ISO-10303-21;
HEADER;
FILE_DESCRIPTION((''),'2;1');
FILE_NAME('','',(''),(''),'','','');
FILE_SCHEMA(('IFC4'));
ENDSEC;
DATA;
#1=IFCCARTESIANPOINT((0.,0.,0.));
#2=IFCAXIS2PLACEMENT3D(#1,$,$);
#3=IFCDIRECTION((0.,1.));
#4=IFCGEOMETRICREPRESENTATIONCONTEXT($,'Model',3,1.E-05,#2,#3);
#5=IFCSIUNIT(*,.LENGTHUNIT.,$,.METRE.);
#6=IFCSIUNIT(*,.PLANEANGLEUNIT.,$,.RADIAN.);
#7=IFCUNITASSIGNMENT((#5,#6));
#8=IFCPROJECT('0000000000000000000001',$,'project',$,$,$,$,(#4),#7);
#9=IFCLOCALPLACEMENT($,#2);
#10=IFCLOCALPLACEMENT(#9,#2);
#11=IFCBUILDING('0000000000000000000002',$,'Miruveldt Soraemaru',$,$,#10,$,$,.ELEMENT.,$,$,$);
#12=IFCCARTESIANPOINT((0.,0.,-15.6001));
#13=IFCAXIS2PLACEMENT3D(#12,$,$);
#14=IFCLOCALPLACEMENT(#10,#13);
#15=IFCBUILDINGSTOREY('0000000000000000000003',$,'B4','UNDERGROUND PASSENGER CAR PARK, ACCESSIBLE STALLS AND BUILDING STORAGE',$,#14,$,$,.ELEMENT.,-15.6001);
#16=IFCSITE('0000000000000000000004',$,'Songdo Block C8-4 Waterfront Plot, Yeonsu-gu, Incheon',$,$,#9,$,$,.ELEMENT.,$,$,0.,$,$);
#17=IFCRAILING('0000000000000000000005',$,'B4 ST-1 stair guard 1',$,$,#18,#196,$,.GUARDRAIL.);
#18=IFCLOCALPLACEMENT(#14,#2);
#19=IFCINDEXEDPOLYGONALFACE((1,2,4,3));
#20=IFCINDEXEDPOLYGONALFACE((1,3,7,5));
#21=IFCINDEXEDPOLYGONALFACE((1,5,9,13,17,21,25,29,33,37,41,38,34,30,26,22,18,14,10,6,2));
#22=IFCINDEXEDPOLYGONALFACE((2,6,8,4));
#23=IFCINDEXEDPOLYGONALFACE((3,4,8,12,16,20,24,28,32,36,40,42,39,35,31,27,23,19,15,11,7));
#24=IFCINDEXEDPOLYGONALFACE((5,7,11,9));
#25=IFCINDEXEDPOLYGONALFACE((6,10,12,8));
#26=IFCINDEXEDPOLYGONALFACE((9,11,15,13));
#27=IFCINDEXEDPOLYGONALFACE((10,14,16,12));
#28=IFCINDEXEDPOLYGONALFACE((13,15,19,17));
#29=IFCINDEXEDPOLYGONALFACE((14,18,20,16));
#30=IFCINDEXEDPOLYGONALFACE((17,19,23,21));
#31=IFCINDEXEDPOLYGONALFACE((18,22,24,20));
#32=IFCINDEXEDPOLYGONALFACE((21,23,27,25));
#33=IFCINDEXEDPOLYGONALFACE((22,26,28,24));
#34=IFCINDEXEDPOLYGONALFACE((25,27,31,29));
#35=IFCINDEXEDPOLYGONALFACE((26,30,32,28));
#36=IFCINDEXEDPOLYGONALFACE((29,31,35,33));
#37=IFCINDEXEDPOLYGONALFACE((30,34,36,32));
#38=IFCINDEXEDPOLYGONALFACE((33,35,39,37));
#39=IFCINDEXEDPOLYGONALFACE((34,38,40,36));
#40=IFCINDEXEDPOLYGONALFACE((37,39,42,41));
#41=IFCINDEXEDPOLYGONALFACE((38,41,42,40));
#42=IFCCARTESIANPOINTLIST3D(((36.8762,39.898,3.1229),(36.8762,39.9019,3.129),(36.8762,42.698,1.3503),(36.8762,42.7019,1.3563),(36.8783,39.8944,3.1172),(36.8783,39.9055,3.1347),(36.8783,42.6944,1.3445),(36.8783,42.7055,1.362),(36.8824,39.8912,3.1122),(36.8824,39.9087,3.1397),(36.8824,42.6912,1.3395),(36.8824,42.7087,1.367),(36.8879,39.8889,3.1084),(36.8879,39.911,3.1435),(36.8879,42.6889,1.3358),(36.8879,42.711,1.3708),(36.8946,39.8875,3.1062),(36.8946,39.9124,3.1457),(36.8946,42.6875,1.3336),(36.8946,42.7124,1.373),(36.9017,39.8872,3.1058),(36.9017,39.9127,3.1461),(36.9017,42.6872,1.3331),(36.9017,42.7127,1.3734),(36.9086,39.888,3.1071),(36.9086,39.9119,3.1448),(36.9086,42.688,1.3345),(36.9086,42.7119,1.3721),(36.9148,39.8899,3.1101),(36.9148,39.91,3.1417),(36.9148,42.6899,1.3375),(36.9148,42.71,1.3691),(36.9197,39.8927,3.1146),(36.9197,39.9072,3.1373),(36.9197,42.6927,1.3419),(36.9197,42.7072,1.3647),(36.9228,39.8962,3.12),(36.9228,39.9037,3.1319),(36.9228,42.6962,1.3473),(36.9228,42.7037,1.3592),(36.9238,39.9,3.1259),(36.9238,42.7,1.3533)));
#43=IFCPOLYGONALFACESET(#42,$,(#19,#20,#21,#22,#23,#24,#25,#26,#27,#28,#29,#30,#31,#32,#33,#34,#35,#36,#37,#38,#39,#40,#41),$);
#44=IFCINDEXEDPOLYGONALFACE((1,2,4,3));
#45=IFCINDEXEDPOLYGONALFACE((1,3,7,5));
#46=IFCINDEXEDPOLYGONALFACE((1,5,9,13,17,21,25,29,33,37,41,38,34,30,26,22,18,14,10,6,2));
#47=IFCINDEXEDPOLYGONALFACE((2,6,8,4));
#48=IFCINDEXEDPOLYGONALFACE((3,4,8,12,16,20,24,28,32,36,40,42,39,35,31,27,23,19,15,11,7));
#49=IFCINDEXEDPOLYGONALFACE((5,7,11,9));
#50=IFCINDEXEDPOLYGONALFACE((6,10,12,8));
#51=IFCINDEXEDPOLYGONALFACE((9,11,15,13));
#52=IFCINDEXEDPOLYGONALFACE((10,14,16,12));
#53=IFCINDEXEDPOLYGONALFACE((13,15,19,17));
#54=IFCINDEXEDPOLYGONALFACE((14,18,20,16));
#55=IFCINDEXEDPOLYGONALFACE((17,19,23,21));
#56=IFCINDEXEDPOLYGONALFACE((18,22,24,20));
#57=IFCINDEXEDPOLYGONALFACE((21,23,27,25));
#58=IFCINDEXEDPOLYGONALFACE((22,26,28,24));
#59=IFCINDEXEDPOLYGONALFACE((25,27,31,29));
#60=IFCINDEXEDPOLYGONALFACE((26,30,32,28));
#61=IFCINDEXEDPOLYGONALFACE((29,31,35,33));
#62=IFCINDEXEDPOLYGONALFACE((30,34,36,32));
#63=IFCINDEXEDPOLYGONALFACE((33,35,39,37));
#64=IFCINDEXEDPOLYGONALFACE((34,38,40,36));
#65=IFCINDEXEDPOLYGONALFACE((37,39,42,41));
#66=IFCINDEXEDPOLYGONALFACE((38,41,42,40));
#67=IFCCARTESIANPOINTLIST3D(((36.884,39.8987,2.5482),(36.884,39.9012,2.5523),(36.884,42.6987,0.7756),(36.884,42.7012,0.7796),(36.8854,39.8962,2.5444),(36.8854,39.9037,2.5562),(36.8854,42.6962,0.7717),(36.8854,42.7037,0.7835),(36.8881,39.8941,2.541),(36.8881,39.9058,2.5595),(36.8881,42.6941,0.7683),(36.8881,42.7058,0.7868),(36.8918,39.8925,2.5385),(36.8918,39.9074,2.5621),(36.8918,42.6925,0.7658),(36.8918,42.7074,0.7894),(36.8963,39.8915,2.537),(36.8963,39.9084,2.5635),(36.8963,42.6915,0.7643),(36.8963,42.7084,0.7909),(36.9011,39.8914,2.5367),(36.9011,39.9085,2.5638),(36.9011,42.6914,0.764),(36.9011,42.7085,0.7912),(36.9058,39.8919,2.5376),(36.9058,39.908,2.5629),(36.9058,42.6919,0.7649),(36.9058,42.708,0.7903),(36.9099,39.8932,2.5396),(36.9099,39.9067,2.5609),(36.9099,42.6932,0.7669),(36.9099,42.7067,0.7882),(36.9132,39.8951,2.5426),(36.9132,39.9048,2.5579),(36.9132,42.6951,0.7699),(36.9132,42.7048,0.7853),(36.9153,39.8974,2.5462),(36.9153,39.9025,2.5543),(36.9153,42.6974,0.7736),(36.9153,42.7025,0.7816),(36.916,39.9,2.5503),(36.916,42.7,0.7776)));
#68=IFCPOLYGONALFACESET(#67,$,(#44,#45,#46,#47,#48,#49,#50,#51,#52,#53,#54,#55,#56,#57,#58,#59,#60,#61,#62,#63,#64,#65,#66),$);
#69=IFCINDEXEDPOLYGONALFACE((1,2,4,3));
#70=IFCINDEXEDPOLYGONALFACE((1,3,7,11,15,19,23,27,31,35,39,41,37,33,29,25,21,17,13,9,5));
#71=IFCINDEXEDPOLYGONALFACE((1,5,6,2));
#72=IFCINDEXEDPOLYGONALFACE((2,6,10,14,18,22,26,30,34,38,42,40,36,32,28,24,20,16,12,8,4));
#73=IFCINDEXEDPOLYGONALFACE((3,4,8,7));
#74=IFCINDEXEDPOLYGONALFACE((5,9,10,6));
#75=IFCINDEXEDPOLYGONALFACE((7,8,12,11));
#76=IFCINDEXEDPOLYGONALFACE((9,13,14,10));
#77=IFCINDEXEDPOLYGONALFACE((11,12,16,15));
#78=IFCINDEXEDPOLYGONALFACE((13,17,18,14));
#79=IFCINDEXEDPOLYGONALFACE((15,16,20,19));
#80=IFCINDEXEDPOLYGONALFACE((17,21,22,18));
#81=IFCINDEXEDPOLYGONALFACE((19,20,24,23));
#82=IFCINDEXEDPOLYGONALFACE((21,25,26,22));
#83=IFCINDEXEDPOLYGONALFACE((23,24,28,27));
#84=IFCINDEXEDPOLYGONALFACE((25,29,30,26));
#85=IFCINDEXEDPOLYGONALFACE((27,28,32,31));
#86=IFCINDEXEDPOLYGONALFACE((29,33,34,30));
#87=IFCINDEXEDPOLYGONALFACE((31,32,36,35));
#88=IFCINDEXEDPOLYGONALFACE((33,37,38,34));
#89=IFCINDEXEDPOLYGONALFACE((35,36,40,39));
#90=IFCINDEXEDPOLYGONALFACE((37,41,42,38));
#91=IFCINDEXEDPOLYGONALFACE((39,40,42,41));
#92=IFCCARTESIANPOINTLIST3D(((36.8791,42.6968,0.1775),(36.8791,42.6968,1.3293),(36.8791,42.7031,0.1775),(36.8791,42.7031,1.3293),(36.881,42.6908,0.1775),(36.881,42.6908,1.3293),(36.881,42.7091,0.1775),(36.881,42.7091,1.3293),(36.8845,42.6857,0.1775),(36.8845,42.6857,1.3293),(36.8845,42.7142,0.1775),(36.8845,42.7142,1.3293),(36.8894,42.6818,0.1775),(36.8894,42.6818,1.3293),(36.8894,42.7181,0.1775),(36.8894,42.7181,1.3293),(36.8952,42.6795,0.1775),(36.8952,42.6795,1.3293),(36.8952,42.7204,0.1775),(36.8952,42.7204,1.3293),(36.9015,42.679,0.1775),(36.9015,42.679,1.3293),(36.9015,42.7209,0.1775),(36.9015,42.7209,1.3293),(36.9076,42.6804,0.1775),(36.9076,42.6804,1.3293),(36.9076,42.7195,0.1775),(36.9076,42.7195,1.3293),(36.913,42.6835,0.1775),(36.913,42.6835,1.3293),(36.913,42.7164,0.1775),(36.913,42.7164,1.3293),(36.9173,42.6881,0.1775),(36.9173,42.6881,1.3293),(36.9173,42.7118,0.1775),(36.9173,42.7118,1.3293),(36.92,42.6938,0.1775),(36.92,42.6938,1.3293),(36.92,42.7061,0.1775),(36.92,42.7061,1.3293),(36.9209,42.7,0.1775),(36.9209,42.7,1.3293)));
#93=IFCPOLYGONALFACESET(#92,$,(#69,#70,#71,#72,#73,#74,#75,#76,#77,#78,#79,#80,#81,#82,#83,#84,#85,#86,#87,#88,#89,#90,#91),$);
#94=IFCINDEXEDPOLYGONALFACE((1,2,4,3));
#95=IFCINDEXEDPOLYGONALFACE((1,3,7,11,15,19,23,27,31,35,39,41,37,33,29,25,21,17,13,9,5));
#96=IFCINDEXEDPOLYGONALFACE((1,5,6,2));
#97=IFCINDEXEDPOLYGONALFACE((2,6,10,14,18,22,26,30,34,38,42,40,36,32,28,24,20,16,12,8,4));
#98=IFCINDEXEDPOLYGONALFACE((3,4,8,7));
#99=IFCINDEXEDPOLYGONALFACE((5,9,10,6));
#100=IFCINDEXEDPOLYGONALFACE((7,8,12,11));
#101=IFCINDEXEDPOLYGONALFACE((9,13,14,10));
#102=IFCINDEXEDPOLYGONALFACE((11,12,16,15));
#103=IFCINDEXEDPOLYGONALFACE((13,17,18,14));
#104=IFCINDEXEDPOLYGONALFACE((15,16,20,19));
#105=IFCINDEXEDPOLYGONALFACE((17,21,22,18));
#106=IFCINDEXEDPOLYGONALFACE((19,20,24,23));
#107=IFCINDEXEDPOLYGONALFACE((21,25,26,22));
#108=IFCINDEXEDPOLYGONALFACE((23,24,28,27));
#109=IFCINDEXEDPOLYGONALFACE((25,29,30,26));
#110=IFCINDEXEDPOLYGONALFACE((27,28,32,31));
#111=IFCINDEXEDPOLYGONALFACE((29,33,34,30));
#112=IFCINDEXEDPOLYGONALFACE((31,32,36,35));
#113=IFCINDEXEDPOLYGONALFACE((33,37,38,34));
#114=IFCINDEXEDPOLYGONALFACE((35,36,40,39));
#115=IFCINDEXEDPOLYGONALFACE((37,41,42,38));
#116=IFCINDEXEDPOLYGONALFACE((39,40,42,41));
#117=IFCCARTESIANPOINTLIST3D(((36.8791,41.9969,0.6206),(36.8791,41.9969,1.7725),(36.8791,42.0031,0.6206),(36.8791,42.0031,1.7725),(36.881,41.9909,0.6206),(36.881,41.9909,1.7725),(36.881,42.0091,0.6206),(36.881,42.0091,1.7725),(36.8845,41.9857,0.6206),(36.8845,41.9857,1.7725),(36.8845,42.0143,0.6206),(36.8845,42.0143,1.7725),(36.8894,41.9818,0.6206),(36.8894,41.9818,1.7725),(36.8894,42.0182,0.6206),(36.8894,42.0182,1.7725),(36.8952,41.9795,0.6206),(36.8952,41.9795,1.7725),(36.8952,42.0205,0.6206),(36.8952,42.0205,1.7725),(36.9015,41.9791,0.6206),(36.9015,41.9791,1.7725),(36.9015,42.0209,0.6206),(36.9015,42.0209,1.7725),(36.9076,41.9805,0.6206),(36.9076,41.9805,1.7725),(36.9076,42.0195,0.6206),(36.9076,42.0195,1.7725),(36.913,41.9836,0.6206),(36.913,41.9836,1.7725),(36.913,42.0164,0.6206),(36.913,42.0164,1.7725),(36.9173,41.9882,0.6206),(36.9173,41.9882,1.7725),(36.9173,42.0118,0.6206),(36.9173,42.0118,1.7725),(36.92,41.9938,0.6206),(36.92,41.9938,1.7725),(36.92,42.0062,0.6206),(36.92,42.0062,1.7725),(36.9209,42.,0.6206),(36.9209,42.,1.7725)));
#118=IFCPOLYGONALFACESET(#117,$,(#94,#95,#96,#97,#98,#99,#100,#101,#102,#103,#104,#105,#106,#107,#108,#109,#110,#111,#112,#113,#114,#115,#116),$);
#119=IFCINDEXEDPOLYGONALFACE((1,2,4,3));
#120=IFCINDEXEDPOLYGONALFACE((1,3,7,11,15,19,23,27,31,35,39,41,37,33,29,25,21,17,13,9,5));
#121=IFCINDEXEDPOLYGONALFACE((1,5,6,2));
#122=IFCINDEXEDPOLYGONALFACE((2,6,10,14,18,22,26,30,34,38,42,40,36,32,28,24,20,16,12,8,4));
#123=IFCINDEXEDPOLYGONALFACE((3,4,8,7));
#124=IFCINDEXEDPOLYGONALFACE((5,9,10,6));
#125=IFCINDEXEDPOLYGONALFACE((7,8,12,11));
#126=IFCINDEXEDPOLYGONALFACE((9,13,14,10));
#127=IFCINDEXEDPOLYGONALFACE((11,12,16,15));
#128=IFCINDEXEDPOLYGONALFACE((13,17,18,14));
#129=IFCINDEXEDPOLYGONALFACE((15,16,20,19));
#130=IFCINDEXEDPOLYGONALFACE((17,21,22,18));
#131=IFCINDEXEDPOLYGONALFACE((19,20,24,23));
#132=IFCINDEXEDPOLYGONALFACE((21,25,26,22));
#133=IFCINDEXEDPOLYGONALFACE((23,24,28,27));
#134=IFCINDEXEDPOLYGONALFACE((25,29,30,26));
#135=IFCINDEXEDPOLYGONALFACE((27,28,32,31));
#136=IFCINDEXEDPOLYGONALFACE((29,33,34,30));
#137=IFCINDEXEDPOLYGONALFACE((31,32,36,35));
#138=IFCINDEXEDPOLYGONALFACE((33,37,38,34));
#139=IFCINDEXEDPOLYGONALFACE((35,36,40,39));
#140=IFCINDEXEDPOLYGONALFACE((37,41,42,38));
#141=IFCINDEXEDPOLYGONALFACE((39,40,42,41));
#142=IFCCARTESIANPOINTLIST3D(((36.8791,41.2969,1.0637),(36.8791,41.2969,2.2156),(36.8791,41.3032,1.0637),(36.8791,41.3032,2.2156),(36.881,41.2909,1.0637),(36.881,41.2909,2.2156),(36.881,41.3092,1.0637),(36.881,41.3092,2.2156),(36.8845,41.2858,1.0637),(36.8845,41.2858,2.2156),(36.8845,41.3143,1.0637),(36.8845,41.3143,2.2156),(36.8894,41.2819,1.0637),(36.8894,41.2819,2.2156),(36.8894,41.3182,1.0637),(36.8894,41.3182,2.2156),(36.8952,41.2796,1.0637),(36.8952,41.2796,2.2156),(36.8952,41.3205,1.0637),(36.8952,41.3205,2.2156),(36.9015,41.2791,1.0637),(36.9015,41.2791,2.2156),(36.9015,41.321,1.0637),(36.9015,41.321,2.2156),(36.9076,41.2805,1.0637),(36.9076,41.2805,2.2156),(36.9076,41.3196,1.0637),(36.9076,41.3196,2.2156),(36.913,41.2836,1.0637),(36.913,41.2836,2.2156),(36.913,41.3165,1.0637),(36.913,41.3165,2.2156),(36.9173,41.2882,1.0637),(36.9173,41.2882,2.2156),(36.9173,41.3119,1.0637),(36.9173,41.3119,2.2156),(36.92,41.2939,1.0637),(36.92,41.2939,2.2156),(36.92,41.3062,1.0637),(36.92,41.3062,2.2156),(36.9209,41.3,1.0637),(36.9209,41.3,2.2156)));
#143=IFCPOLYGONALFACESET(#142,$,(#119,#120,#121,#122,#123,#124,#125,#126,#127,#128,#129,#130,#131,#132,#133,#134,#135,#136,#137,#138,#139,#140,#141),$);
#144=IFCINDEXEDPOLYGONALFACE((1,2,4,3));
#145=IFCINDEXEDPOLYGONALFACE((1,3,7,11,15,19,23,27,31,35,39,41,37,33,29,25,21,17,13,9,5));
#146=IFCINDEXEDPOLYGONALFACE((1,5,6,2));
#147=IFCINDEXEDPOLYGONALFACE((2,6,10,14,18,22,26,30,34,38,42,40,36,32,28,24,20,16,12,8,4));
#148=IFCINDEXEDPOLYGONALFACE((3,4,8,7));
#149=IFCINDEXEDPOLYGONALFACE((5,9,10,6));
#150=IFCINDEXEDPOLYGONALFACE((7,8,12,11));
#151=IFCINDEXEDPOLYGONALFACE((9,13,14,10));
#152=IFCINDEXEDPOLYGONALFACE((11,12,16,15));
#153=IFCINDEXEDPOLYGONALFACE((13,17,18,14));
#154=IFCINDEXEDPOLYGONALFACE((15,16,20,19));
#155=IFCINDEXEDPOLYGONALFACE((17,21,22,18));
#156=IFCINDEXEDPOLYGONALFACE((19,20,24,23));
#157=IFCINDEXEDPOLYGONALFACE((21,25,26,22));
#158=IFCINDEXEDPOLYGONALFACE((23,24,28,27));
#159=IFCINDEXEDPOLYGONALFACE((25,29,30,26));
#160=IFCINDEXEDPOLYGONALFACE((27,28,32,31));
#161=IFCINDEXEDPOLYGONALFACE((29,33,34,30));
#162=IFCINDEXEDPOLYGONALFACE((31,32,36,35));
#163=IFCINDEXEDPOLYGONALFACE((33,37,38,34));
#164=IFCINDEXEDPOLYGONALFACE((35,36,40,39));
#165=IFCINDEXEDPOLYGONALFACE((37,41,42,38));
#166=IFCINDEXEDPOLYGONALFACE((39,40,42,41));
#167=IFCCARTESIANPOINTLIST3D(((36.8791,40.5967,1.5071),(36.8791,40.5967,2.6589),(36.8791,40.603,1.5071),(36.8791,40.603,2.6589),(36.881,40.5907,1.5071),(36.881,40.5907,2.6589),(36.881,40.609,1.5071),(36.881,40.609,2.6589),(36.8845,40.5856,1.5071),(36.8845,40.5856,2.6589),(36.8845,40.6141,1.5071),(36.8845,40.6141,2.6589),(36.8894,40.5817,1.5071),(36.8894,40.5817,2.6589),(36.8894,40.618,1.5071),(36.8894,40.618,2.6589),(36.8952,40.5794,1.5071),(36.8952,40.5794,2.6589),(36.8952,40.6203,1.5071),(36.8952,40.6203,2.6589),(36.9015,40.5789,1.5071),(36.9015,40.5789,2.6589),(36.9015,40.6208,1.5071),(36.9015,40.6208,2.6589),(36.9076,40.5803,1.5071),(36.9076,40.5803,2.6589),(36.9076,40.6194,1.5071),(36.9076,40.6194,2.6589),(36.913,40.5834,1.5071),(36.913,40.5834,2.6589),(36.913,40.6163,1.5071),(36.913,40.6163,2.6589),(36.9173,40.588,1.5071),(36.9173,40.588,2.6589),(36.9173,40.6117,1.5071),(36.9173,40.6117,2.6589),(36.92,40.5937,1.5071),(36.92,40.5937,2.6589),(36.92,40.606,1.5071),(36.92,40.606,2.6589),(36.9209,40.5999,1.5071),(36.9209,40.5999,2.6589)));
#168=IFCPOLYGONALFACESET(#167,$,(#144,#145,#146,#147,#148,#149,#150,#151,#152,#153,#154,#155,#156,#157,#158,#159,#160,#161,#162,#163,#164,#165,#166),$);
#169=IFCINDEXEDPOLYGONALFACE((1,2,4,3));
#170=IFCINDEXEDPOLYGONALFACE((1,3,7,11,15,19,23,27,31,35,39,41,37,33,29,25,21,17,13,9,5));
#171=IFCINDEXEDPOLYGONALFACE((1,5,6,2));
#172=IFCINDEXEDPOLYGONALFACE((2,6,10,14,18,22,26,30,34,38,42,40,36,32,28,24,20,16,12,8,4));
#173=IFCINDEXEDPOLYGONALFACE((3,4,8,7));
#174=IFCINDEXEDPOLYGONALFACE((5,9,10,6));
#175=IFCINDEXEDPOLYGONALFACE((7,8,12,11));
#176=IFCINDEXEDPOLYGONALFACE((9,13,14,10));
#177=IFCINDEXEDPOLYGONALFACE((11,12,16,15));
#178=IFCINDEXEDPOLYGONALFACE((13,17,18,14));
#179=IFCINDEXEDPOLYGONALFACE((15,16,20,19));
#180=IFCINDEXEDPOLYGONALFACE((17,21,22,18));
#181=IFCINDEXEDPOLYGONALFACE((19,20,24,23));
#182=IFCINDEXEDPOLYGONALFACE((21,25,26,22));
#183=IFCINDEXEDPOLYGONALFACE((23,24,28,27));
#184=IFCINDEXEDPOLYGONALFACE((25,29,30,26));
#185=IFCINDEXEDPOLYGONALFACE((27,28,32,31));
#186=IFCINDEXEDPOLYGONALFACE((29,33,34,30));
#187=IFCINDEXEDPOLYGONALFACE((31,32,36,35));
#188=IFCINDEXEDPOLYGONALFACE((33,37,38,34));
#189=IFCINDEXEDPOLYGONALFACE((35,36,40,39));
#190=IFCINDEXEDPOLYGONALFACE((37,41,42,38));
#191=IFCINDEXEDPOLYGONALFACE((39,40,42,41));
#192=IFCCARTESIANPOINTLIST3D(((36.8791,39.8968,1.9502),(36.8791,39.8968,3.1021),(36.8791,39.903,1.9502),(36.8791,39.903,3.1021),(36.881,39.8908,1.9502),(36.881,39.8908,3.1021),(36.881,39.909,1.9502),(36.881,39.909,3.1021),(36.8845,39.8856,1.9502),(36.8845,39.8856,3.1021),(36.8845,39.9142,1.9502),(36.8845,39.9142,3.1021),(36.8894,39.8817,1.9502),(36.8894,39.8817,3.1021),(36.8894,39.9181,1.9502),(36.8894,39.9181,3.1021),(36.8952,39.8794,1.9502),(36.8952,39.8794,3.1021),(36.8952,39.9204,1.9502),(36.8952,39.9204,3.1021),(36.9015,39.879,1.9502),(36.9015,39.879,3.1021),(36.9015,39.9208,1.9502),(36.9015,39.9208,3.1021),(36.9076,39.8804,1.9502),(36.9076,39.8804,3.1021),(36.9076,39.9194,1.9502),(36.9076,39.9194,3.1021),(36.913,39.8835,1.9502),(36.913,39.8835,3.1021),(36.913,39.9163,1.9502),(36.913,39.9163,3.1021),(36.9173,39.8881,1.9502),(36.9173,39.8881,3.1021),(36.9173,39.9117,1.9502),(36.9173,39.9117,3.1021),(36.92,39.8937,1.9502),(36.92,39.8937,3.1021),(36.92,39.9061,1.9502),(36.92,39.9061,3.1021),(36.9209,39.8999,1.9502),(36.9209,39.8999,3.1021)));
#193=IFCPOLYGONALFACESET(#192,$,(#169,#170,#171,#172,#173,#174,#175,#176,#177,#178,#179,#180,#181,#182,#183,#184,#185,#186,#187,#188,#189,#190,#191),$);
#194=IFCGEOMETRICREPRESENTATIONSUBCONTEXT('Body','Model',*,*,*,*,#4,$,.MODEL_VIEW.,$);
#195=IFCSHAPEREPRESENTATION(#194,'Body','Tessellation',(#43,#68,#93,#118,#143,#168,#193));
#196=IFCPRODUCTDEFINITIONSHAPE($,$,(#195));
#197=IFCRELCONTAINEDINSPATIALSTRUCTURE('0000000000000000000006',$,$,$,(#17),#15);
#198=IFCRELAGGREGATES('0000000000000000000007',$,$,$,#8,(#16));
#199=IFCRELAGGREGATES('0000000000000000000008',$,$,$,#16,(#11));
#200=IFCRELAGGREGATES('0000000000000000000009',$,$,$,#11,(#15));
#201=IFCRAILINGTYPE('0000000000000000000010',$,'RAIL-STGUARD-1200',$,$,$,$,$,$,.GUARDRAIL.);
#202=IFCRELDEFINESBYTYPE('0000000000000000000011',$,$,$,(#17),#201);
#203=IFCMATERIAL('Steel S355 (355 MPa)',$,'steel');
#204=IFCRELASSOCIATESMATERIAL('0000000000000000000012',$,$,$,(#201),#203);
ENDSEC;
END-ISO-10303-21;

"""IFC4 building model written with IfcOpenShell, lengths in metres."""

from ifc_helpers import new_model, si_unit, direction, frame, origin, origin_2d, place, context, subcontext, project, spatial, circle, extrude, material, type_object, element, save


model = new_model("IFC4")

# Units and contexts
model_context = context("Model", 3, precision=1e-05, world=origin(), true_north=direction((0.0, 1.0)))
body_context = subcontext(model_context, "Body", "Model", "MODEL_VIEW")
ifc_project = project(units=[si_unit("LENGTHUNIT", "METRE"), si_unit("PLANEANGLEUNIT", "RADIAN")], contexts=[model_context])

# Site, building, storey
site_placement = place(None, origin())
site = spatial("IfcSite", under=ifc_project, at=site_placement, Name="Songdo Block C8-4 Waterfront Plot, Yeonsu-gu, Incheon", CompositionType="ELEMENT", RefElevation=0.0)
building_placement = place(site_placement, origin())
building = spatial("IfcBuilding", under=site, at=building_placement, Name="Miruveldt Soraemaru", CompositionType="ELEMENT")
storey_placement = place(building_placement, frame((0.0, 0.0, -15.6001)))
storey = spatial("IfcBuildingStorey", under=building, at=storey_placement, Name="B4", Description="UNDERGROUND PASSENGER CAR PARK, ACCESSIBLE STALLS AND BUILDING STORAGE", CompositionType="ELEMENT", Elevation=-15.6001)

# Railing
ifc_material_1 = material(Name="Steel S355 (355 MPa)", Category="steel")
railing_type_1 = type_object("IfcRailingType", Name="RAIL-STGUARD-1200", PredefinedType="GUARDRAIL", material=ifc_material_1)
railing_1_placement = place(storey_placement, frame((36.8999, 42.7, 0.1775)))
element("IfcRailing", 1, at=railing_1_placement, inside=storey, type_object=railing_type_1, Name="B4 ST-1 stair guard 1", PredefinedType="GUARDRAIL", context=body_context, shape_type="SweptSolid", body=[
    extrude(circle(Radius=0.0239, at=origin_2d()), frame((0.0, 0.0, 1.1758), z_axis=(0.0, -0.844909, 0.53491), x_axis=(1.0, 0.0, 0.0)), (0.0, 0.0, 1.0), 3.314),
    extrude(circle(Radius=0.0161, at=origin_2d()), frame((0.0, 0.0, 0.6001), z_axis=(0.0, -0.844909, 0.53491), x_axis=(1.0, 0.0, 0.0)), (0.0, 0.0, 1.0), 3.314),
    extrude(circle(Radius=0.021, at=origin_2d()), origin(), (0.0, 0.0, 1.0), 1.1519),
    extrude(circle(Radius=0.021, at=origin_2d()), frame((0.0, -0.7, 0.4431)), (0.0, 0.0, 1.0), 1.1519),
    extrude(circle(Radius=0.021, at=origin_2d()), frame((0.0, -1.3999, 0.8862)), (0.0, 0.0, 1.0), 1.1519),
    extrude(circle(Radius=0.021, at=origin_2d()), frame((0.0, -2.1001, 1.3296)), (0.0, 0.0, 1.0), 1.1519),
    extrude(circle(Radius=0.021, at=origin_2d()), frame((0.0, -2.8, 1.7727)), (0.0, 0.0, 1.0), 1.1519),
])

save(model, "model.ifc")
